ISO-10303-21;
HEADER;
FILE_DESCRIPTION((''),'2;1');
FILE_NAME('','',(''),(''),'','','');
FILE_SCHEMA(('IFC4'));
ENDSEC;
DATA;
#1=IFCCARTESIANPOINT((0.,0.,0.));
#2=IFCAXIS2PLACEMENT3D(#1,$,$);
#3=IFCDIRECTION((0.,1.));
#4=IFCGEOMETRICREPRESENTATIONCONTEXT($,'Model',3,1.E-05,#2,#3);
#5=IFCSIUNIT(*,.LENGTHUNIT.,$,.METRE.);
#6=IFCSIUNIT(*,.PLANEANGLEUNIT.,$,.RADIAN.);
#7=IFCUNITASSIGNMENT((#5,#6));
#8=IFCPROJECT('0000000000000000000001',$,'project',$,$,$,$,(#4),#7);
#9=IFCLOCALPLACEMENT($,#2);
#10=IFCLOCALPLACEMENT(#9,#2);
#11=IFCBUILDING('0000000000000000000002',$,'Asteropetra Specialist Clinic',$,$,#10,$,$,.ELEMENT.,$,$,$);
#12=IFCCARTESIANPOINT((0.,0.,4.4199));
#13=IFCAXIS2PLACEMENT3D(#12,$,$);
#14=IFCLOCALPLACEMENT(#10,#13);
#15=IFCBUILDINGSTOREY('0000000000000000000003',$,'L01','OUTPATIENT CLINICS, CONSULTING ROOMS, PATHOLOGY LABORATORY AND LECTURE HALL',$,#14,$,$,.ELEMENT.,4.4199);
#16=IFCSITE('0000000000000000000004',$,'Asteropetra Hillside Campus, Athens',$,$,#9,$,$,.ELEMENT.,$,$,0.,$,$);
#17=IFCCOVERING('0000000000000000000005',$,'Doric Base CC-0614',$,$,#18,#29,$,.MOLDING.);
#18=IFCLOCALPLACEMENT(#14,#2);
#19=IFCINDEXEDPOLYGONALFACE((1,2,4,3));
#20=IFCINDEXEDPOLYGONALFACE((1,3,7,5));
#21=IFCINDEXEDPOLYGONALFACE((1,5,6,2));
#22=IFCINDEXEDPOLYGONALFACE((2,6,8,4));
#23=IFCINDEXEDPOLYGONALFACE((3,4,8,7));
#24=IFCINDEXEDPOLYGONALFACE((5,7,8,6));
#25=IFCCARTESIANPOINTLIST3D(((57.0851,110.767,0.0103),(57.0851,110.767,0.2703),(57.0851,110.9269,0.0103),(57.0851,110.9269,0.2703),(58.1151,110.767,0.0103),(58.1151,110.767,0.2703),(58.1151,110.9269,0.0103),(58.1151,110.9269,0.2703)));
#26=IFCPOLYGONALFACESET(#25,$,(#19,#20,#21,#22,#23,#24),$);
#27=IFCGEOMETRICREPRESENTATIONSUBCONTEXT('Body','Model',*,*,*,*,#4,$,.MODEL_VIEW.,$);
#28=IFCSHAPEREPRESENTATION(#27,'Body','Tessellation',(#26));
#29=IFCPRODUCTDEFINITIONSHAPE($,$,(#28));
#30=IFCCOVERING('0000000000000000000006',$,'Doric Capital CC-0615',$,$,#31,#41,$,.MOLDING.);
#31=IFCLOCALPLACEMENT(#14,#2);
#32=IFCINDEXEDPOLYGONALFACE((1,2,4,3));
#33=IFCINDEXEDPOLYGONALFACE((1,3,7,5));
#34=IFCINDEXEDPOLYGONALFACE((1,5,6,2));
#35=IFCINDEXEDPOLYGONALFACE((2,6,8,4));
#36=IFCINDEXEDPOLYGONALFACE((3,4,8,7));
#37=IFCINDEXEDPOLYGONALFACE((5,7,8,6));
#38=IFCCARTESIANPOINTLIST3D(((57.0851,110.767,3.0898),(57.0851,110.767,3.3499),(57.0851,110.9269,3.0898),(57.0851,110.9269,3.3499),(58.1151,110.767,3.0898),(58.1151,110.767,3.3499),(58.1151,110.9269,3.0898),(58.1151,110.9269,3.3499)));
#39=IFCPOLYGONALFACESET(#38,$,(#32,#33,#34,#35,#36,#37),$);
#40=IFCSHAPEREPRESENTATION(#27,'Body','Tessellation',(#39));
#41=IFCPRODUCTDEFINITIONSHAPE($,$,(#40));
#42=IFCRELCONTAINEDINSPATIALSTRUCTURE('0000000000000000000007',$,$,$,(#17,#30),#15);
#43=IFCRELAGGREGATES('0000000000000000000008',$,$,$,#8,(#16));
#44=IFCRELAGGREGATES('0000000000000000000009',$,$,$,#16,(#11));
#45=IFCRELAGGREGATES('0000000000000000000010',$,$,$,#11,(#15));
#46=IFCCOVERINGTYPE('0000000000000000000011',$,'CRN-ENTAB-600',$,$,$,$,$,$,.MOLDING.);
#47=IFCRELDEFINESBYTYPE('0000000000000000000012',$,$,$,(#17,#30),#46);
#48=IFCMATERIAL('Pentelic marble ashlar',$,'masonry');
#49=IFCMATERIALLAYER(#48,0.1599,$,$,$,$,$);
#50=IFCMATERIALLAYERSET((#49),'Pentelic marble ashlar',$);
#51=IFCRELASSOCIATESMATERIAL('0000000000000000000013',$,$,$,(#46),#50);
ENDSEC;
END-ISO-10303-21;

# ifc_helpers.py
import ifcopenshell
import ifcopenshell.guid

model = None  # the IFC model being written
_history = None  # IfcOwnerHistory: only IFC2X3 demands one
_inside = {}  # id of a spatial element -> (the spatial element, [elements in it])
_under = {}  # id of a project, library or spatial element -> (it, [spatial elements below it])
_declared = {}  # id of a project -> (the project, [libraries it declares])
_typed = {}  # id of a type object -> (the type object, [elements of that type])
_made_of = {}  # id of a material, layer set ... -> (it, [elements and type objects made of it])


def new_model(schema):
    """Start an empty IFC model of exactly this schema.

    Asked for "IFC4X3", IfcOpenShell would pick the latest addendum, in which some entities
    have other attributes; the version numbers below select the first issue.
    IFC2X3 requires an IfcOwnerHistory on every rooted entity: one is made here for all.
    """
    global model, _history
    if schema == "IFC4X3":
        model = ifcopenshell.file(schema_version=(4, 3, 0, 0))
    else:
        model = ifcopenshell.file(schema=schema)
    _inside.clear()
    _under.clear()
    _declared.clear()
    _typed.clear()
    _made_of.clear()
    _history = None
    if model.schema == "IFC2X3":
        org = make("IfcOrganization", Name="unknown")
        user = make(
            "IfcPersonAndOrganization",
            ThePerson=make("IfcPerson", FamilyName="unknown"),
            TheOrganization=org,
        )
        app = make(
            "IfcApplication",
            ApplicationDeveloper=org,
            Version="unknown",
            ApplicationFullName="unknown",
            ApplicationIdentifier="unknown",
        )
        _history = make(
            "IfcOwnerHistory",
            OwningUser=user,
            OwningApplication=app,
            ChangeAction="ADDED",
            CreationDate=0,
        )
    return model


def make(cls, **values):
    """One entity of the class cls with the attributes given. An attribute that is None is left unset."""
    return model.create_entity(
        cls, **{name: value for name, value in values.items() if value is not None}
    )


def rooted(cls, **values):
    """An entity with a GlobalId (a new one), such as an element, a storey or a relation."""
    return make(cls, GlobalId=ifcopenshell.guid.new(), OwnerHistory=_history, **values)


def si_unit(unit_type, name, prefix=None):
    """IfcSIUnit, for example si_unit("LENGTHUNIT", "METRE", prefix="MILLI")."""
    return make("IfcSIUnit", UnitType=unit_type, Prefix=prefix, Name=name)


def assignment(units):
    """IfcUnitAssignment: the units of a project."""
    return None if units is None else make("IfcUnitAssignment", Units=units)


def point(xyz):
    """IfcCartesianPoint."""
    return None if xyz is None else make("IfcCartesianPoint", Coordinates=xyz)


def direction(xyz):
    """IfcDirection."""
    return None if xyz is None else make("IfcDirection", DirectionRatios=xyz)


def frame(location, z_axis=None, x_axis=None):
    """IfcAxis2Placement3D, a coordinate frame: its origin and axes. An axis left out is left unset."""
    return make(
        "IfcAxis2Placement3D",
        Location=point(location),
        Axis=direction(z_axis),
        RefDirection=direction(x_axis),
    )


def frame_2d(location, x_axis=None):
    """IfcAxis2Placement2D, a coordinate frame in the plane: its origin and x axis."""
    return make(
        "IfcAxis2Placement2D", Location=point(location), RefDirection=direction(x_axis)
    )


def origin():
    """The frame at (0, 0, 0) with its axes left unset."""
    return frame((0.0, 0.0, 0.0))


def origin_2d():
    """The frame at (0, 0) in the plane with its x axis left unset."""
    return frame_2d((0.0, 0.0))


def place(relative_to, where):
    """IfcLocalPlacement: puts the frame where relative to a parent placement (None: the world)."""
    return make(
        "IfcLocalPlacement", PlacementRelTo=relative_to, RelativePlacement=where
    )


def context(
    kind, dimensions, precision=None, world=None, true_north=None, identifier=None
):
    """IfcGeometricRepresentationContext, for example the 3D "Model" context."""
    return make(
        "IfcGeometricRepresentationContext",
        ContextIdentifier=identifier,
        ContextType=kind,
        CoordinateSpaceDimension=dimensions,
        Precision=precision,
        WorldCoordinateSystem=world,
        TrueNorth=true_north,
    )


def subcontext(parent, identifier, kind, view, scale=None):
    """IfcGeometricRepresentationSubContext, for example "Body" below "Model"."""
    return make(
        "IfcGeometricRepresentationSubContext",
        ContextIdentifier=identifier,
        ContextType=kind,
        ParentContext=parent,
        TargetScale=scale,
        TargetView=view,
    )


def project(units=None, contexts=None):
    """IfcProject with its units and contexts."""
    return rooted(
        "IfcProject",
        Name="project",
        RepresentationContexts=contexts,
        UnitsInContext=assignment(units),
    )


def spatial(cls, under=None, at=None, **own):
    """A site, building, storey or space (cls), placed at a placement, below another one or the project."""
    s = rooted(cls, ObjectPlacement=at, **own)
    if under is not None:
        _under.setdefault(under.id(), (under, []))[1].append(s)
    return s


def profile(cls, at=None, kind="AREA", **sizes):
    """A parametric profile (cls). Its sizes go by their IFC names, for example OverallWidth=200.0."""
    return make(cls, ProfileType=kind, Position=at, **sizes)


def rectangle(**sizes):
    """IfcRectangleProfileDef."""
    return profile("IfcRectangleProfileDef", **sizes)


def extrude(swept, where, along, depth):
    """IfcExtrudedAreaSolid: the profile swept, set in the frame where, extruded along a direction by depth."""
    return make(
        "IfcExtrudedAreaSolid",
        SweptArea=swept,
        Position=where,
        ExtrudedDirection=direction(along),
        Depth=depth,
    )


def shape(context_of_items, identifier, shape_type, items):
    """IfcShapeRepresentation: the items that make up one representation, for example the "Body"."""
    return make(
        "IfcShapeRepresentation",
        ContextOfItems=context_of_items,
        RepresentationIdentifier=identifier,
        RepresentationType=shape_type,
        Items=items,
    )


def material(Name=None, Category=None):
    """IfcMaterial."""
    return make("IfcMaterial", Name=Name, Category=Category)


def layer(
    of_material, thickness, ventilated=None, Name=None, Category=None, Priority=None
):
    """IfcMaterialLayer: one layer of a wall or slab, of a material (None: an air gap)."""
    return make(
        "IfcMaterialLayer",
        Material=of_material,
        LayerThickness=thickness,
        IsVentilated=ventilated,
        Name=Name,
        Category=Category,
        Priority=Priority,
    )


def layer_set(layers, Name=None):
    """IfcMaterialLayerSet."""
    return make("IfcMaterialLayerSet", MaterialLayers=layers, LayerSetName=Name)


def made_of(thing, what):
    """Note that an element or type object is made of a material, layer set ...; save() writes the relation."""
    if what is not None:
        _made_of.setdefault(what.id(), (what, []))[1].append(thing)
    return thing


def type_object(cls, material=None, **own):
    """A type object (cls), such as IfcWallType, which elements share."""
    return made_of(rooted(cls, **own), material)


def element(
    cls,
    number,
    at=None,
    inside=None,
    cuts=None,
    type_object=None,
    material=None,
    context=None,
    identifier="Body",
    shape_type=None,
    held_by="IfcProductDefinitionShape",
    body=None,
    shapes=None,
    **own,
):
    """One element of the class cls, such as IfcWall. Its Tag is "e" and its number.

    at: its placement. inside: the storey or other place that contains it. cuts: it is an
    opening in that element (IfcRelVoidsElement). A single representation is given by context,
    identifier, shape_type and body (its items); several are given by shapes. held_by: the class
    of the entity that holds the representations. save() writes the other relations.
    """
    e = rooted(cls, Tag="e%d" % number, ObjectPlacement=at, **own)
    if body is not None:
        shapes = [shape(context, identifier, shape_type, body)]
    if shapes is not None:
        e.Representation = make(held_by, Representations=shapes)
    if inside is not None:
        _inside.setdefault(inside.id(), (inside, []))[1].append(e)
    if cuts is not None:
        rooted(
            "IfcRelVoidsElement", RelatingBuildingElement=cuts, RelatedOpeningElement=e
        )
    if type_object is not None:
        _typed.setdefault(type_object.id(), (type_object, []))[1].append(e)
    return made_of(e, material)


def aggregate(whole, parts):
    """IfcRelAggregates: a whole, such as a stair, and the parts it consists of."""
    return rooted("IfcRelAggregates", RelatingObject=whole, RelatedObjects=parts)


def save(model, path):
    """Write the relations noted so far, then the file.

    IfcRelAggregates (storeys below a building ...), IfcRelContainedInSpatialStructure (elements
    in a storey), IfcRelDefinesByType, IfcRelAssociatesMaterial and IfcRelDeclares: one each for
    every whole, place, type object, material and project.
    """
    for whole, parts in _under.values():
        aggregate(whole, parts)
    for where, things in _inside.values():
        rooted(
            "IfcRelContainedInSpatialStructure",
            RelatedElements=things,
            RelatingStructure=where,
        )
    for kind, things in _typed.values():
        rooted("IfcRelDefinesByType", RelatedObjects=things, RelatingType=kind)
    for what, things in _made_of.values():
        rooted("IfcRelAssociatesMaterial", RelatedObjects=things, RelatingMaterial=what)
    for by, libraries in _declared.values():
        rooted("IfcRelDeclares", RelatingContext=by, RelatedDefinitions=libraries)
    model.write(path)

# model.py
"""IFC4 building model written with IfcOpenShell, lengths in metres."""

from ifc_helpers import new_model, si_unit, direction, frame, origin, origin_2d, place, context, subcontext, project, spatial, rectangle, extrude, material, layer, layer_set, type_object, element, save


model = new_model("IFC4")

# Units and contexts
model_context = context("Model", 3, precision=1e-05, world=origin(), true_north=direction((0.0, 1.0)))
body_context = subcontext(model_context, "Body", "Model", "MODEL_VIEW")
ifc_project = project(units=[si_unit("LENGTHUNIT", "METRE"), si_unit("PLANEANGLEUNIT", "RADIAN")], contexts=[model_context])

# Site, building, storey
site_placement = place(None, origin())
site = spatial("IfcSite", under=ifc_project, at=site_placement, Name="Asteropetra Hillside Campus, Athens", CompositionType="ELEMENT", RefElevation=0.0)
building_placement = place(site_placement, origin())
building = spatial("IfcBuilding", under=site, at=building_placement, Name="Asteropetra Specialist Clinic", CompositionType="ELEMENT")
storey_placement = place(building_placement, frame((0.0, 0.0, 4.4199)))
storey = spatial("IfcBuildingStorey", under=building, at=storey_placement, Name="L01", Description="OUTPATIENT CLINICS, CONSULTING ROOMS, PATHOLOGY LABORATORY AND LECTURE HALL", CompositionType="ELEMENT", Elevation=4.4199)

# Coverings
ifc_material_1 = material(Name="Pentelic marble ashlar", Category="masonry")
ifc_layer_1 = layer(ifc_material_1, 0.1599)
ifc_layer_set_1 = layer_set([ifc_layer_1], Name="Pentelic marble ashlar")
covering_type = type_object("IfcCoveringType", Name="CRN-ENTAB-600", PredefinedType="MOLDING", material=ifc_layer_set_1)
for number, where, z_axis, x_axis, name in (
    (1, (57.6001, 110.8469, 0.0103), (0.0, 0.0, 1.0), (1.0, 0.0, 0.0), "Doric Base CC-0614"),
    (2, (57.6001, 110.8469, 3.0898), (0.0, 0.0, 1.0), (1.0, 0.0, 0.0), "Doric Capital CC-0615"),
):
    element("IfcCovering", number, at=place(storey_placement, frame(where, z_axis=z_axis, x_axis=x_axis)), inside=storey, type_object=covering_type, Name=name, PredefinedType="MOLDING", context=body_context, shape_type="SweptSolid", body=[
        extrude(rectangle(XDim=1.03, YDim=0.1599, at=origin_2d()), origin(), (0.0, 0.0, 1.0), 0.26),
    ])

save(model, "model.ifc")
